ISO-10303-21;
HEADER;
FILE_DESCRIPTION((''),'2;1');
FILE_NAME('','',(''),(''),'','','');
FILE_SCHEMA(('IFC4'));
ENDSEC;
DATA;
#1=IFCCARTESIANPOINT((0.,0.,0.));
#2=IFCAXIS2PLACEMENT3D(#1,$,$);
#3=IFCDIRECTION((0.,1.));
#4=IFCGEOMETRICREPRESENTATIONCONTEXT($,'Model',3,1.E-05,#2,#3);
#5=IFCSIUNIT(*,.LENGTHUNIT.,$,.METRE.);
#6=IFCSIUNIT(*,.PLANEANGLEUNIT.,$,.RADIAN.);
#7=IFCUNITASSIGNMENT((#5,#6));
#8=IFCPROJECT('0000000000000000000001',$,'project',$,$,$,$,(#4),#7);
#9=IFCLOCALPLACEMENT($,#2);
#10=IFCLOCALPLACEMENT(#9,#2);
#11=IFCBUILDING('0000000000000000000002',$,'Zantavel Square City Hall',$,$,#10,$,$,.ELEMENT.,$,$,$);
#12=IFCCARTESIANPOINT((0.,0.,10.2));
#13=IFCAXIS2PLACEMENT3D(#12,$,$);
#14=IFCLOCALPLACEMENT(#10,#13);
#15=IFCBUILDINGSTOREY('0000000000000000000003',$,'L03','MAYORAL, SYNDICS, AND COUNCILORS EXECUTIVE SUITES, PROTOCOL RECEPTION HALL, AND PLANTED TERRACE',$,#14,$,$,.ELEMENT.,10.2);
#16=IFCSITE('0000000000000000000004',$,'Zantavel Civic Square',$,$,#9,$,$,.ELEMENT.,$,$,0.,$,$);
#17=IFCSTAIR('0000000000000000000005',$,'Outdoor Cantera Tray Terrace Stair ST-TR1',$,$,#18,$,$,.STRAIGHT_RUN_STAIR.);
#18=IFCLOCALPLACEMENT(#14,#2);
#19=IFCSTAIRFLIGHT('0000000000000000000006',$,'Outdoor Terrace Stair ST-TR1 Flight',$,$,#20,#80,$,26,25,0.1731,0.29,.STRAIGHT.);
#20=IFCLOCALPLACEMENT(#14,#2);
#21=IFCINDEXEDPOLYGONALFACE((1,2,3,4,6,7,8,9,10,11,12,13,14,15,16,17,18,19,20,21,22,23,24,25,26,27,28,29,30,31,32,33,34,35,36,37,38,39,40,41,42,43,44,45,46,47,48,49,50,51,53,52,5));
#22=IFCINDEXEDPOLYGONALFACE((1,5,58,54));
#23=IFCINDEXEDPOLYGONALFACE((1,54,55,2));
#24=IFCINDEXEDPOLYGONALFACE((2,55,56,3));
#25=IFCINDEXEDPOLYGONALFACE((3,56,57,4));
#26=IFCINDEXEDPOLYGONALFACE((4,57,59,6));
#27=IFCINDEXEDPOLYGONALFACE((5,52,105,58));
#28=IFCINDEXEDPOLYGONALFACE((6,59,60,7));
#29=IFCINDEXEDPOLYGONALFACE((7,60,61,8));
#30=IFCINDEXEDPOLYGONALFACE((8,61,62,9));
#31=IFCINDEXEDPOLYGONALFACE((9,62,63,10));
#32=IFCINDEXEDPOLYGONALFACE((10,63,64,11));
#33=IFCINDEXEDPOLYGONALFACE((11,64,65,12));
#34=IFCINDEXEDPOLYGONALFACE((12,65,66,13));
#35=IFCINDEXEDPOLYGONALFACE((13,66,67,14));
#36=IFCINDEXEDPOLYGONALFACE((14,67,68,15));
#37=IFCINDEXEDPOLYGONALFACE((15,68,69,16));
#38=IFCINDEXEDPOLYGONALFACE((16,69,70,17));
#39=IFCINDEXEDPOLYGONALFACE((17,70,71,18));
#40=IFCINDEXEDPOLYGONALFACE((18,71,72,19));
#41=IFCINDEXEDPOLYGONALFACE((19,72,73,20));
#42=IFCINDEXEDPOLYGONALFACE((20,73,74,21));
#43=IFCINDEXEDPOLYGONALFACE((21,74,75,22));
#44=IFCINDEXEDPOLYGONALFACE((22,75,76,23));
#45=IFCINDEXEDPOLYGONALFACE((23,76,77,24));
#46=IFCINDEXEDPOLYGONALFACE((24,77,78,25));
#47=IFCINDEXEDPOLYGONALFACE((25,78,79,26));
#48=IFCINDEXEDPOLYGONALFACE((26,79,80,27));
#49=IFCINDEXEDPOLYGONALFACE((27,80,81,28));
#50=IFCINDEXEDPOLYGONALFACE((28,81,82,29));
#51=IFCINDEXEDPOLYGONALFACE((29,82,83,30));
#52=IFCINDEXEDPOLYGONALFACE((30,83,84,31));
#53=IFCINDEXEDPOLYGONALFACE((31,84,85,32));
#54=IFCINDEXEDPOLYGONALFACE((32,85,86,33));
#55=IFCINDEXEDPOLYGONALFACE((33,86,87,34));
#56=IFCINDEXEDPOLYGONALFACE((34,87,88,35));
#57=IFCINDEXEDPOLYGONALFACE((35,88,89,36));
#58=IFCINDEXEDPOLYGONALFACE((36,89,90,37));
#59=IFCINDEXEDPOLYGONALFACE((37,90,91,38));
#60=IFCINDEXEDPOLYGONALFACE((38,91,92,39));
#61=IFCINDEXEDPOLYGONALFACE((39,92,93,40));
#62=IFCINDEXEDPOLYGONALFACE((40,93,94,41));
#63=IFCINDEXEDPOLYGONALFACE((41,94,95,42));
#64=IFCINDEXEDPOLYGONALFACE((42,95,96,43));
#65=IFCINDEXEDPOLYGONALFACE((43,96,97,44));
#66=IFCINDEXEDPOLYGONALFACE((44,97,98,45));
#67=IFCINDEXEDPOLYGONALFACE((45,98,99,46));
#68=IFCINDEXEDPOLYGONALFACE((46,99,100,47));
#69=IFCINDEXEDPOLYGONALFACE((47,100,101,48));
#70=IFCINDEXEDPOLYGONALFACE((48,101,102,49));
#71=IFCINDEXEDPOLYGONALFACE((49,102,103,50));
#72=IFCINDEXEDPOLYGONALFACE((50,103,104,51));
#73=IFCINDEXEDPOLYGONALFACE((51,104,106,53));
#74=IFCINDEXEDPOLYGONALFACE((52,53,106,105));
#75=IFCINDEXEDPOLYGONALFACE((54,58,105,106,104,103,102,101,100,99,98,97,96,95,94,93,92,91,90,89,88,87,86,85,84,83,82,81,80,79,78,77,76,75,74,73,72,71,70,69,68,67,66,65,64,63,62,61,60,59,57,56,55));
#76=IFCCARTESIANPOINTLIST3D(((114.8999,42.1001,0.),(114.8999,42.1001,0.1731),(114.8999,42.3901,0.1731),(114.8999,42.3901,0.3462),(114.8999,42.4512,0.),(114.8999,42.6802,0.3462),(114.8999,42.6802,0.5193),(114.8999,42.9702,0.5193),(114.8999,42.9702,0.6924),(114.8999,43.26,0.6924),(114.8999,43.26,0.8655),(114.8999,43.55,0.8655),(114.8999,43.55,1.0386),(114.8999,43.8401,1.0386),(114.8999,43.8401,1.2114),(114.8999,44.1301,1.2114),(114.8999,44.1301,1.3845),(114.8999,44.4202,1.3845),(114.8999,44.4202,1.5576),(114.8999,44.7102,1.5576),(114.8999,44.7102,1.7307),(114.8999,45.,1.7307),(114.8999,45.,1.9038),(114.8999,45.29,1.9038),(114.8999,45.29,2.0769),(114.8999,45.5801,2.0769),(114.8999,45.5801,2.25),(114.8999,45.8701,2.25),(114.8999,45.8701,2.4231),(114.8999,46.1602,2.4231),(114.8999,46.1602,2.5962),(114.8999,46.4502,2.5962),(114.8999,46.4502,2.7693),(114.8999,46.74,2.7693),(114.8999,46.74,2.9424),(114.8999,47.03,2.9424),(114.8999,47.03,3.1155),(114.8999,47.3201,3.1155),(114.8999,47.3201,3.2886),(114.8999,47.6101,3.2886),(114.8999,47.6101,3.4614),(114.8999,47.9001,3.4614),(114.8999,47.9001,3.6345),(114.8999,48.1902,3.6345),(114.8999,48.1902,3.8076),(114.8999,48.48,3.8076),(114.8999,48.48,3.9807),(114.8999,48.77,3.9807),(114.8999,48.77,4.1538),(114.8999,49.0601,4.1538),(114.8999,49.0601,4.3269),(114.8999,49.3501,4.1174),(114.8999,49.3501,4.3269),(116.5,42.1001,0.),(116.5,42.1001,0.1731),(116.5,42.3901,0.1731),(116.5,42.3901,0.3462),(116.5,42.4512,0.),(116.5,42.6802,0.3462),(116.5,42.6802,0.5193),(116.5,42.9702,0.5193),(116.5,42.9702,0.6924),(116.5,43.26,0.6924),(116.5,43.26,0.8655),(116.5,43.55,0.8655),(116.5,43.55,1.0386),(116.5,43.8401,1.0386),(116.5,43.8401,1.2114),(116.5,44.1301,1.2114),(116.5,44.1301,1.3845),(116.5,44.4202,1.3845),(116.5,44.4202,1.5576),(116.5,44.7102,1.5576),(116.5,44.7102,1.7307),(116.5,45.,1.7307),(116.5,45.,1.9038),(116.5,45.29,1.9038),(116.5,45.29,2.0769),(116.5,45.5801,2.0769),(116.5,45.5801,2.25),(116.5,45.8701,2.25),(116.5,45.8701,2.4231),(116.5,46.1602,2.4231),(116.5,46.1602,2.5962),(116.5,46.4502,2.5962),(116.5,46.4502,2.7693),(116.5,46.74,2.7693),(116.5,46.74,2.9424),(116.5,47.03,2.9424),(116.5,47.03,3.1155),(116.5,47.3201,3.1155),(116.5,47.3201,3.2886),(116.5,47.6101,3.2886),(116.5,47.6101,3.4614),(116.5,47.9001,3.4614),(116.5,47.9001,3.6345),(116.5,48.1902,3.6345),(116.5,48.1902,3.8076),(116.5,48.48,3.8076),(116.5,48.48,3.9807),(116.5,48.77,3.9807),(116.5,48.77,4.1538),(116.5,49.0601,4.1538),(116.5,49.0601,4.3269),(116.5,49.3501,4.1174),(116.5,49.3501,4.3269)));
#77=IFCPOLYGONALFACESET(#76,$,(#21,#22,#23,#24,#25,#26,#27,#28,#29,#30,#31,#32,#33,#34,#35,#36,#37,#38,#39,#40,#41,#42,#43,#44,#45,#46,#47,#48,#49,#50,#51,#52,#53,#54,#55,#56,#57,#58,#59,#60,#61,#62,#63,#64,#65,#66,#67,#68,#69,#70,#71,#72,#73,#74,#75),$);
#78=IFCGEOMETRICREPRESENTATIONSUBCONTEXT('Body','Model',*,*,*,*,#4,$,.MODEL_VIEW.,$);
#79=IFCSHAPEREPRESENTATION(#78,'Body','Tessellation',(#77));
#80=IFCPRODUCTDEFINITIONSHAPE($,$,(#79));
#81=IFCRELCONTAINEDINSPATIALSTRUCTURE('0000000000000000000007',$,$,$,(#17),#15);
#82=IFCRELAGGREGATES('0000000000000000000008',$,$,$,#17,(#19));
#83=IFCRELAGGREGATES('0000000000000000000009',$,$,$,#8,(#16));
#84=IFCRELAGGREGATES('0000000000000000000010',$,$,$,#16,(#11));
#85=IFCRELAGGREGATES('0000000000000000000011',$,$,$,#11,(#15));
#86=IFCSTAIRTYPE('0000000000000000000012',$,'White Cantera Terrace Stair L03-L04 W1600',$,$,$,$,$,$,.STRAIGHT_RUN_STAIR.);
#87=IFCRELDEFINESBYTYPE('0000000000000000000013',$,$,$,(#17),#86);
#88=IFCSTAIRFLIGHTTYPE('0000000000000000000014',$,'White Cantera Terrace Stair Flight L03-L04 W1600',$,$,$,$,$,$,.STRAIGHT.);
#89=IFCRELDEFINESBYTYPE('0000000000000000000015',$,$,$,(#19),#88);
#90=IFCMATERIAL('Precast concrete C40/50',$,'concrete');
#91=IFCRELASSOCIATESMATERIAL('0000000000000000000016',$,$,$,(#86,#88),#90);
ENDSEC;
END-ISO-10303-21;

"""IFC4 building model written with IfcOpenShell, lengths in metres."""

from ifc_helpers import new_model, si_unit, direction, frame, origin, place, context, subcontext, project, spatial, polyline, outline, extrude, material, type_object, element, aggregate, save


model = new_model("IFC4")

# Units and contexts
model_context = context("Model", 3, precision=1e-05, world=origin(), true_north=direction((0.0, 1.0)))
body_context = subcontext(model_context, "Body", "Model", "MODEL_VIEW")
ifc_project = project(units=[si_unit("LENGTHUNIT", "METRE"), si_unit("PLANEANGLEUNIT", "RADIAN")], contexts=[model_context])

# Site, building, storey
site_placement = place(None, origin())
site = spatial("IfcSite", under=ifc_project, at=site_placement, Name="Zantavel Civic Square", CompositionType="ELEMENT", RefElevation=0.0)
building_placement = place(site_placement, origin())
building = spatial("IfcBuilding", under=site, at=building_placement, Name="Zantavel Square City Hall", CompositionType="ELEMENT")
storey_placement = place(building_placement, frame((0.0, 0.0, 10.2)))
storey = spatial("IfcBuildingStorey", under=building, at=storey_placement, Name="L03", Description="MAYORAL, SYNDICS, AND COUNCILORS EXECUTIVE SUITES, PROTOCOL RECEPTION HALL, AND PLANTED TERRACE", CompositionType="ELEMENT", Elevation=10.2)

# Stair, stair flight
ifc_material_1 = material(Name="Precast concrete C40/50", Category="concrete")
stair_type = type_object("IfcStairType", Name="White Cantera Terrace Stair L03-L04 W1600", PredefinedType="STRAIGHT_RUN_STAIR", material=ifc_material_1)
stair_placement = place(storey_placement, origin())
stair = element("IfcStair", 1, at=stair_placement, inside=storey, type_object=stair_type, Name="Outdoor Cantera Tray Terrace Stair ST-TR1", PredefinedType="STRAIGHT_RUN_STAIR")
stair_flight_type = type_object("IfcStairFlightType", Name="White Cantera Terrace Stair Flight L03-L04 W1600", PredefinedType="STRAIGHT", material=ifc_material_1)
stair_flight_placement = place(storey_placement, frame((115.7, 42.1001, 0.0), z_axis=(0.0, 0.0, 1.0), x_axis=(0.0, 1.0, 0.0)))
stair_flight = element("IfcStairFlight", 2, at=stair_flight_placement, type_object=stair_flight_type, Name="Outdoor Terrace Stair ST-TR1 Flight", NumberOfRisers=26, NumberOfTreads=25, PredefinedType="STRAIGHT", RiserHeight=0.1731, TreadLength=0.29, context=body_context, shape_type="SweptSolid", body=[
    extrude(outline(polyline([(0.0, 0.0), (0.0, 0.1731), (0.29, 0.1731), (0.29, 0.3462), (0.5801, 0.3462), (0.5801, 0.5193), (0.8701, 0.5193), (0.8701, 0.6924), (1.1599, 0.6924), (1.1599, 0.8655), (1.45, 0.8655), (1.45, 1.0386), (1.74, 1.0386), (1.74, 1.2114), (2.03, 1.2114), (2.03, 1.3845), (2.3201, 1.3845), (2.3201, 1.5576), (2.6101, 1.5576), (2.6101, 1.7307), (2.8999, 1.7307), (2.8999, 1.9038), (3.1899, 1.9038), (3.1899, 2.0769), (3.48, 2.0769), (3.48, 2.25), (3.77, 2.25), (3.77, 2.4231), (4.0601, 2.4231), (4.0601, 2.5962), (4.3501, 2.5962), (4.3501, 2.7693), (4.6399, 2.7693), (4.6399, 2.9424), (4.9299, 2.9424), (4.9299, 3.1155), (5.22, 3.1155), (5.22, 3.2886), (5.51, 3.2886), (5.51, 3.4614), (5.8, 3.4614), (5.8, 3.6345), (6.0901, 3.6345), (6.0901, 3.8076), (6.3799, 3.8076), (6.3799, 3.9807), (6.6699, 3.9807), (6.6699, 4.1538), (6.96, 4.1538), (6.96, 4.3269), (7.25, 4.3269), (7.25, 4.5), (7.25, 4.1174), (0.3511, 0.0), (0.0, 0.0)])), frame((0.0, 0.8, 0.0), z_axis=(0.0, -1.0, 0.0), x_axis=(1.0, 0.0, 0.0)), (0.0, 0.0, 1.0), 1.6001),
])
aggregate(stair, [stair_flight])

save(model, "model.ifc")
